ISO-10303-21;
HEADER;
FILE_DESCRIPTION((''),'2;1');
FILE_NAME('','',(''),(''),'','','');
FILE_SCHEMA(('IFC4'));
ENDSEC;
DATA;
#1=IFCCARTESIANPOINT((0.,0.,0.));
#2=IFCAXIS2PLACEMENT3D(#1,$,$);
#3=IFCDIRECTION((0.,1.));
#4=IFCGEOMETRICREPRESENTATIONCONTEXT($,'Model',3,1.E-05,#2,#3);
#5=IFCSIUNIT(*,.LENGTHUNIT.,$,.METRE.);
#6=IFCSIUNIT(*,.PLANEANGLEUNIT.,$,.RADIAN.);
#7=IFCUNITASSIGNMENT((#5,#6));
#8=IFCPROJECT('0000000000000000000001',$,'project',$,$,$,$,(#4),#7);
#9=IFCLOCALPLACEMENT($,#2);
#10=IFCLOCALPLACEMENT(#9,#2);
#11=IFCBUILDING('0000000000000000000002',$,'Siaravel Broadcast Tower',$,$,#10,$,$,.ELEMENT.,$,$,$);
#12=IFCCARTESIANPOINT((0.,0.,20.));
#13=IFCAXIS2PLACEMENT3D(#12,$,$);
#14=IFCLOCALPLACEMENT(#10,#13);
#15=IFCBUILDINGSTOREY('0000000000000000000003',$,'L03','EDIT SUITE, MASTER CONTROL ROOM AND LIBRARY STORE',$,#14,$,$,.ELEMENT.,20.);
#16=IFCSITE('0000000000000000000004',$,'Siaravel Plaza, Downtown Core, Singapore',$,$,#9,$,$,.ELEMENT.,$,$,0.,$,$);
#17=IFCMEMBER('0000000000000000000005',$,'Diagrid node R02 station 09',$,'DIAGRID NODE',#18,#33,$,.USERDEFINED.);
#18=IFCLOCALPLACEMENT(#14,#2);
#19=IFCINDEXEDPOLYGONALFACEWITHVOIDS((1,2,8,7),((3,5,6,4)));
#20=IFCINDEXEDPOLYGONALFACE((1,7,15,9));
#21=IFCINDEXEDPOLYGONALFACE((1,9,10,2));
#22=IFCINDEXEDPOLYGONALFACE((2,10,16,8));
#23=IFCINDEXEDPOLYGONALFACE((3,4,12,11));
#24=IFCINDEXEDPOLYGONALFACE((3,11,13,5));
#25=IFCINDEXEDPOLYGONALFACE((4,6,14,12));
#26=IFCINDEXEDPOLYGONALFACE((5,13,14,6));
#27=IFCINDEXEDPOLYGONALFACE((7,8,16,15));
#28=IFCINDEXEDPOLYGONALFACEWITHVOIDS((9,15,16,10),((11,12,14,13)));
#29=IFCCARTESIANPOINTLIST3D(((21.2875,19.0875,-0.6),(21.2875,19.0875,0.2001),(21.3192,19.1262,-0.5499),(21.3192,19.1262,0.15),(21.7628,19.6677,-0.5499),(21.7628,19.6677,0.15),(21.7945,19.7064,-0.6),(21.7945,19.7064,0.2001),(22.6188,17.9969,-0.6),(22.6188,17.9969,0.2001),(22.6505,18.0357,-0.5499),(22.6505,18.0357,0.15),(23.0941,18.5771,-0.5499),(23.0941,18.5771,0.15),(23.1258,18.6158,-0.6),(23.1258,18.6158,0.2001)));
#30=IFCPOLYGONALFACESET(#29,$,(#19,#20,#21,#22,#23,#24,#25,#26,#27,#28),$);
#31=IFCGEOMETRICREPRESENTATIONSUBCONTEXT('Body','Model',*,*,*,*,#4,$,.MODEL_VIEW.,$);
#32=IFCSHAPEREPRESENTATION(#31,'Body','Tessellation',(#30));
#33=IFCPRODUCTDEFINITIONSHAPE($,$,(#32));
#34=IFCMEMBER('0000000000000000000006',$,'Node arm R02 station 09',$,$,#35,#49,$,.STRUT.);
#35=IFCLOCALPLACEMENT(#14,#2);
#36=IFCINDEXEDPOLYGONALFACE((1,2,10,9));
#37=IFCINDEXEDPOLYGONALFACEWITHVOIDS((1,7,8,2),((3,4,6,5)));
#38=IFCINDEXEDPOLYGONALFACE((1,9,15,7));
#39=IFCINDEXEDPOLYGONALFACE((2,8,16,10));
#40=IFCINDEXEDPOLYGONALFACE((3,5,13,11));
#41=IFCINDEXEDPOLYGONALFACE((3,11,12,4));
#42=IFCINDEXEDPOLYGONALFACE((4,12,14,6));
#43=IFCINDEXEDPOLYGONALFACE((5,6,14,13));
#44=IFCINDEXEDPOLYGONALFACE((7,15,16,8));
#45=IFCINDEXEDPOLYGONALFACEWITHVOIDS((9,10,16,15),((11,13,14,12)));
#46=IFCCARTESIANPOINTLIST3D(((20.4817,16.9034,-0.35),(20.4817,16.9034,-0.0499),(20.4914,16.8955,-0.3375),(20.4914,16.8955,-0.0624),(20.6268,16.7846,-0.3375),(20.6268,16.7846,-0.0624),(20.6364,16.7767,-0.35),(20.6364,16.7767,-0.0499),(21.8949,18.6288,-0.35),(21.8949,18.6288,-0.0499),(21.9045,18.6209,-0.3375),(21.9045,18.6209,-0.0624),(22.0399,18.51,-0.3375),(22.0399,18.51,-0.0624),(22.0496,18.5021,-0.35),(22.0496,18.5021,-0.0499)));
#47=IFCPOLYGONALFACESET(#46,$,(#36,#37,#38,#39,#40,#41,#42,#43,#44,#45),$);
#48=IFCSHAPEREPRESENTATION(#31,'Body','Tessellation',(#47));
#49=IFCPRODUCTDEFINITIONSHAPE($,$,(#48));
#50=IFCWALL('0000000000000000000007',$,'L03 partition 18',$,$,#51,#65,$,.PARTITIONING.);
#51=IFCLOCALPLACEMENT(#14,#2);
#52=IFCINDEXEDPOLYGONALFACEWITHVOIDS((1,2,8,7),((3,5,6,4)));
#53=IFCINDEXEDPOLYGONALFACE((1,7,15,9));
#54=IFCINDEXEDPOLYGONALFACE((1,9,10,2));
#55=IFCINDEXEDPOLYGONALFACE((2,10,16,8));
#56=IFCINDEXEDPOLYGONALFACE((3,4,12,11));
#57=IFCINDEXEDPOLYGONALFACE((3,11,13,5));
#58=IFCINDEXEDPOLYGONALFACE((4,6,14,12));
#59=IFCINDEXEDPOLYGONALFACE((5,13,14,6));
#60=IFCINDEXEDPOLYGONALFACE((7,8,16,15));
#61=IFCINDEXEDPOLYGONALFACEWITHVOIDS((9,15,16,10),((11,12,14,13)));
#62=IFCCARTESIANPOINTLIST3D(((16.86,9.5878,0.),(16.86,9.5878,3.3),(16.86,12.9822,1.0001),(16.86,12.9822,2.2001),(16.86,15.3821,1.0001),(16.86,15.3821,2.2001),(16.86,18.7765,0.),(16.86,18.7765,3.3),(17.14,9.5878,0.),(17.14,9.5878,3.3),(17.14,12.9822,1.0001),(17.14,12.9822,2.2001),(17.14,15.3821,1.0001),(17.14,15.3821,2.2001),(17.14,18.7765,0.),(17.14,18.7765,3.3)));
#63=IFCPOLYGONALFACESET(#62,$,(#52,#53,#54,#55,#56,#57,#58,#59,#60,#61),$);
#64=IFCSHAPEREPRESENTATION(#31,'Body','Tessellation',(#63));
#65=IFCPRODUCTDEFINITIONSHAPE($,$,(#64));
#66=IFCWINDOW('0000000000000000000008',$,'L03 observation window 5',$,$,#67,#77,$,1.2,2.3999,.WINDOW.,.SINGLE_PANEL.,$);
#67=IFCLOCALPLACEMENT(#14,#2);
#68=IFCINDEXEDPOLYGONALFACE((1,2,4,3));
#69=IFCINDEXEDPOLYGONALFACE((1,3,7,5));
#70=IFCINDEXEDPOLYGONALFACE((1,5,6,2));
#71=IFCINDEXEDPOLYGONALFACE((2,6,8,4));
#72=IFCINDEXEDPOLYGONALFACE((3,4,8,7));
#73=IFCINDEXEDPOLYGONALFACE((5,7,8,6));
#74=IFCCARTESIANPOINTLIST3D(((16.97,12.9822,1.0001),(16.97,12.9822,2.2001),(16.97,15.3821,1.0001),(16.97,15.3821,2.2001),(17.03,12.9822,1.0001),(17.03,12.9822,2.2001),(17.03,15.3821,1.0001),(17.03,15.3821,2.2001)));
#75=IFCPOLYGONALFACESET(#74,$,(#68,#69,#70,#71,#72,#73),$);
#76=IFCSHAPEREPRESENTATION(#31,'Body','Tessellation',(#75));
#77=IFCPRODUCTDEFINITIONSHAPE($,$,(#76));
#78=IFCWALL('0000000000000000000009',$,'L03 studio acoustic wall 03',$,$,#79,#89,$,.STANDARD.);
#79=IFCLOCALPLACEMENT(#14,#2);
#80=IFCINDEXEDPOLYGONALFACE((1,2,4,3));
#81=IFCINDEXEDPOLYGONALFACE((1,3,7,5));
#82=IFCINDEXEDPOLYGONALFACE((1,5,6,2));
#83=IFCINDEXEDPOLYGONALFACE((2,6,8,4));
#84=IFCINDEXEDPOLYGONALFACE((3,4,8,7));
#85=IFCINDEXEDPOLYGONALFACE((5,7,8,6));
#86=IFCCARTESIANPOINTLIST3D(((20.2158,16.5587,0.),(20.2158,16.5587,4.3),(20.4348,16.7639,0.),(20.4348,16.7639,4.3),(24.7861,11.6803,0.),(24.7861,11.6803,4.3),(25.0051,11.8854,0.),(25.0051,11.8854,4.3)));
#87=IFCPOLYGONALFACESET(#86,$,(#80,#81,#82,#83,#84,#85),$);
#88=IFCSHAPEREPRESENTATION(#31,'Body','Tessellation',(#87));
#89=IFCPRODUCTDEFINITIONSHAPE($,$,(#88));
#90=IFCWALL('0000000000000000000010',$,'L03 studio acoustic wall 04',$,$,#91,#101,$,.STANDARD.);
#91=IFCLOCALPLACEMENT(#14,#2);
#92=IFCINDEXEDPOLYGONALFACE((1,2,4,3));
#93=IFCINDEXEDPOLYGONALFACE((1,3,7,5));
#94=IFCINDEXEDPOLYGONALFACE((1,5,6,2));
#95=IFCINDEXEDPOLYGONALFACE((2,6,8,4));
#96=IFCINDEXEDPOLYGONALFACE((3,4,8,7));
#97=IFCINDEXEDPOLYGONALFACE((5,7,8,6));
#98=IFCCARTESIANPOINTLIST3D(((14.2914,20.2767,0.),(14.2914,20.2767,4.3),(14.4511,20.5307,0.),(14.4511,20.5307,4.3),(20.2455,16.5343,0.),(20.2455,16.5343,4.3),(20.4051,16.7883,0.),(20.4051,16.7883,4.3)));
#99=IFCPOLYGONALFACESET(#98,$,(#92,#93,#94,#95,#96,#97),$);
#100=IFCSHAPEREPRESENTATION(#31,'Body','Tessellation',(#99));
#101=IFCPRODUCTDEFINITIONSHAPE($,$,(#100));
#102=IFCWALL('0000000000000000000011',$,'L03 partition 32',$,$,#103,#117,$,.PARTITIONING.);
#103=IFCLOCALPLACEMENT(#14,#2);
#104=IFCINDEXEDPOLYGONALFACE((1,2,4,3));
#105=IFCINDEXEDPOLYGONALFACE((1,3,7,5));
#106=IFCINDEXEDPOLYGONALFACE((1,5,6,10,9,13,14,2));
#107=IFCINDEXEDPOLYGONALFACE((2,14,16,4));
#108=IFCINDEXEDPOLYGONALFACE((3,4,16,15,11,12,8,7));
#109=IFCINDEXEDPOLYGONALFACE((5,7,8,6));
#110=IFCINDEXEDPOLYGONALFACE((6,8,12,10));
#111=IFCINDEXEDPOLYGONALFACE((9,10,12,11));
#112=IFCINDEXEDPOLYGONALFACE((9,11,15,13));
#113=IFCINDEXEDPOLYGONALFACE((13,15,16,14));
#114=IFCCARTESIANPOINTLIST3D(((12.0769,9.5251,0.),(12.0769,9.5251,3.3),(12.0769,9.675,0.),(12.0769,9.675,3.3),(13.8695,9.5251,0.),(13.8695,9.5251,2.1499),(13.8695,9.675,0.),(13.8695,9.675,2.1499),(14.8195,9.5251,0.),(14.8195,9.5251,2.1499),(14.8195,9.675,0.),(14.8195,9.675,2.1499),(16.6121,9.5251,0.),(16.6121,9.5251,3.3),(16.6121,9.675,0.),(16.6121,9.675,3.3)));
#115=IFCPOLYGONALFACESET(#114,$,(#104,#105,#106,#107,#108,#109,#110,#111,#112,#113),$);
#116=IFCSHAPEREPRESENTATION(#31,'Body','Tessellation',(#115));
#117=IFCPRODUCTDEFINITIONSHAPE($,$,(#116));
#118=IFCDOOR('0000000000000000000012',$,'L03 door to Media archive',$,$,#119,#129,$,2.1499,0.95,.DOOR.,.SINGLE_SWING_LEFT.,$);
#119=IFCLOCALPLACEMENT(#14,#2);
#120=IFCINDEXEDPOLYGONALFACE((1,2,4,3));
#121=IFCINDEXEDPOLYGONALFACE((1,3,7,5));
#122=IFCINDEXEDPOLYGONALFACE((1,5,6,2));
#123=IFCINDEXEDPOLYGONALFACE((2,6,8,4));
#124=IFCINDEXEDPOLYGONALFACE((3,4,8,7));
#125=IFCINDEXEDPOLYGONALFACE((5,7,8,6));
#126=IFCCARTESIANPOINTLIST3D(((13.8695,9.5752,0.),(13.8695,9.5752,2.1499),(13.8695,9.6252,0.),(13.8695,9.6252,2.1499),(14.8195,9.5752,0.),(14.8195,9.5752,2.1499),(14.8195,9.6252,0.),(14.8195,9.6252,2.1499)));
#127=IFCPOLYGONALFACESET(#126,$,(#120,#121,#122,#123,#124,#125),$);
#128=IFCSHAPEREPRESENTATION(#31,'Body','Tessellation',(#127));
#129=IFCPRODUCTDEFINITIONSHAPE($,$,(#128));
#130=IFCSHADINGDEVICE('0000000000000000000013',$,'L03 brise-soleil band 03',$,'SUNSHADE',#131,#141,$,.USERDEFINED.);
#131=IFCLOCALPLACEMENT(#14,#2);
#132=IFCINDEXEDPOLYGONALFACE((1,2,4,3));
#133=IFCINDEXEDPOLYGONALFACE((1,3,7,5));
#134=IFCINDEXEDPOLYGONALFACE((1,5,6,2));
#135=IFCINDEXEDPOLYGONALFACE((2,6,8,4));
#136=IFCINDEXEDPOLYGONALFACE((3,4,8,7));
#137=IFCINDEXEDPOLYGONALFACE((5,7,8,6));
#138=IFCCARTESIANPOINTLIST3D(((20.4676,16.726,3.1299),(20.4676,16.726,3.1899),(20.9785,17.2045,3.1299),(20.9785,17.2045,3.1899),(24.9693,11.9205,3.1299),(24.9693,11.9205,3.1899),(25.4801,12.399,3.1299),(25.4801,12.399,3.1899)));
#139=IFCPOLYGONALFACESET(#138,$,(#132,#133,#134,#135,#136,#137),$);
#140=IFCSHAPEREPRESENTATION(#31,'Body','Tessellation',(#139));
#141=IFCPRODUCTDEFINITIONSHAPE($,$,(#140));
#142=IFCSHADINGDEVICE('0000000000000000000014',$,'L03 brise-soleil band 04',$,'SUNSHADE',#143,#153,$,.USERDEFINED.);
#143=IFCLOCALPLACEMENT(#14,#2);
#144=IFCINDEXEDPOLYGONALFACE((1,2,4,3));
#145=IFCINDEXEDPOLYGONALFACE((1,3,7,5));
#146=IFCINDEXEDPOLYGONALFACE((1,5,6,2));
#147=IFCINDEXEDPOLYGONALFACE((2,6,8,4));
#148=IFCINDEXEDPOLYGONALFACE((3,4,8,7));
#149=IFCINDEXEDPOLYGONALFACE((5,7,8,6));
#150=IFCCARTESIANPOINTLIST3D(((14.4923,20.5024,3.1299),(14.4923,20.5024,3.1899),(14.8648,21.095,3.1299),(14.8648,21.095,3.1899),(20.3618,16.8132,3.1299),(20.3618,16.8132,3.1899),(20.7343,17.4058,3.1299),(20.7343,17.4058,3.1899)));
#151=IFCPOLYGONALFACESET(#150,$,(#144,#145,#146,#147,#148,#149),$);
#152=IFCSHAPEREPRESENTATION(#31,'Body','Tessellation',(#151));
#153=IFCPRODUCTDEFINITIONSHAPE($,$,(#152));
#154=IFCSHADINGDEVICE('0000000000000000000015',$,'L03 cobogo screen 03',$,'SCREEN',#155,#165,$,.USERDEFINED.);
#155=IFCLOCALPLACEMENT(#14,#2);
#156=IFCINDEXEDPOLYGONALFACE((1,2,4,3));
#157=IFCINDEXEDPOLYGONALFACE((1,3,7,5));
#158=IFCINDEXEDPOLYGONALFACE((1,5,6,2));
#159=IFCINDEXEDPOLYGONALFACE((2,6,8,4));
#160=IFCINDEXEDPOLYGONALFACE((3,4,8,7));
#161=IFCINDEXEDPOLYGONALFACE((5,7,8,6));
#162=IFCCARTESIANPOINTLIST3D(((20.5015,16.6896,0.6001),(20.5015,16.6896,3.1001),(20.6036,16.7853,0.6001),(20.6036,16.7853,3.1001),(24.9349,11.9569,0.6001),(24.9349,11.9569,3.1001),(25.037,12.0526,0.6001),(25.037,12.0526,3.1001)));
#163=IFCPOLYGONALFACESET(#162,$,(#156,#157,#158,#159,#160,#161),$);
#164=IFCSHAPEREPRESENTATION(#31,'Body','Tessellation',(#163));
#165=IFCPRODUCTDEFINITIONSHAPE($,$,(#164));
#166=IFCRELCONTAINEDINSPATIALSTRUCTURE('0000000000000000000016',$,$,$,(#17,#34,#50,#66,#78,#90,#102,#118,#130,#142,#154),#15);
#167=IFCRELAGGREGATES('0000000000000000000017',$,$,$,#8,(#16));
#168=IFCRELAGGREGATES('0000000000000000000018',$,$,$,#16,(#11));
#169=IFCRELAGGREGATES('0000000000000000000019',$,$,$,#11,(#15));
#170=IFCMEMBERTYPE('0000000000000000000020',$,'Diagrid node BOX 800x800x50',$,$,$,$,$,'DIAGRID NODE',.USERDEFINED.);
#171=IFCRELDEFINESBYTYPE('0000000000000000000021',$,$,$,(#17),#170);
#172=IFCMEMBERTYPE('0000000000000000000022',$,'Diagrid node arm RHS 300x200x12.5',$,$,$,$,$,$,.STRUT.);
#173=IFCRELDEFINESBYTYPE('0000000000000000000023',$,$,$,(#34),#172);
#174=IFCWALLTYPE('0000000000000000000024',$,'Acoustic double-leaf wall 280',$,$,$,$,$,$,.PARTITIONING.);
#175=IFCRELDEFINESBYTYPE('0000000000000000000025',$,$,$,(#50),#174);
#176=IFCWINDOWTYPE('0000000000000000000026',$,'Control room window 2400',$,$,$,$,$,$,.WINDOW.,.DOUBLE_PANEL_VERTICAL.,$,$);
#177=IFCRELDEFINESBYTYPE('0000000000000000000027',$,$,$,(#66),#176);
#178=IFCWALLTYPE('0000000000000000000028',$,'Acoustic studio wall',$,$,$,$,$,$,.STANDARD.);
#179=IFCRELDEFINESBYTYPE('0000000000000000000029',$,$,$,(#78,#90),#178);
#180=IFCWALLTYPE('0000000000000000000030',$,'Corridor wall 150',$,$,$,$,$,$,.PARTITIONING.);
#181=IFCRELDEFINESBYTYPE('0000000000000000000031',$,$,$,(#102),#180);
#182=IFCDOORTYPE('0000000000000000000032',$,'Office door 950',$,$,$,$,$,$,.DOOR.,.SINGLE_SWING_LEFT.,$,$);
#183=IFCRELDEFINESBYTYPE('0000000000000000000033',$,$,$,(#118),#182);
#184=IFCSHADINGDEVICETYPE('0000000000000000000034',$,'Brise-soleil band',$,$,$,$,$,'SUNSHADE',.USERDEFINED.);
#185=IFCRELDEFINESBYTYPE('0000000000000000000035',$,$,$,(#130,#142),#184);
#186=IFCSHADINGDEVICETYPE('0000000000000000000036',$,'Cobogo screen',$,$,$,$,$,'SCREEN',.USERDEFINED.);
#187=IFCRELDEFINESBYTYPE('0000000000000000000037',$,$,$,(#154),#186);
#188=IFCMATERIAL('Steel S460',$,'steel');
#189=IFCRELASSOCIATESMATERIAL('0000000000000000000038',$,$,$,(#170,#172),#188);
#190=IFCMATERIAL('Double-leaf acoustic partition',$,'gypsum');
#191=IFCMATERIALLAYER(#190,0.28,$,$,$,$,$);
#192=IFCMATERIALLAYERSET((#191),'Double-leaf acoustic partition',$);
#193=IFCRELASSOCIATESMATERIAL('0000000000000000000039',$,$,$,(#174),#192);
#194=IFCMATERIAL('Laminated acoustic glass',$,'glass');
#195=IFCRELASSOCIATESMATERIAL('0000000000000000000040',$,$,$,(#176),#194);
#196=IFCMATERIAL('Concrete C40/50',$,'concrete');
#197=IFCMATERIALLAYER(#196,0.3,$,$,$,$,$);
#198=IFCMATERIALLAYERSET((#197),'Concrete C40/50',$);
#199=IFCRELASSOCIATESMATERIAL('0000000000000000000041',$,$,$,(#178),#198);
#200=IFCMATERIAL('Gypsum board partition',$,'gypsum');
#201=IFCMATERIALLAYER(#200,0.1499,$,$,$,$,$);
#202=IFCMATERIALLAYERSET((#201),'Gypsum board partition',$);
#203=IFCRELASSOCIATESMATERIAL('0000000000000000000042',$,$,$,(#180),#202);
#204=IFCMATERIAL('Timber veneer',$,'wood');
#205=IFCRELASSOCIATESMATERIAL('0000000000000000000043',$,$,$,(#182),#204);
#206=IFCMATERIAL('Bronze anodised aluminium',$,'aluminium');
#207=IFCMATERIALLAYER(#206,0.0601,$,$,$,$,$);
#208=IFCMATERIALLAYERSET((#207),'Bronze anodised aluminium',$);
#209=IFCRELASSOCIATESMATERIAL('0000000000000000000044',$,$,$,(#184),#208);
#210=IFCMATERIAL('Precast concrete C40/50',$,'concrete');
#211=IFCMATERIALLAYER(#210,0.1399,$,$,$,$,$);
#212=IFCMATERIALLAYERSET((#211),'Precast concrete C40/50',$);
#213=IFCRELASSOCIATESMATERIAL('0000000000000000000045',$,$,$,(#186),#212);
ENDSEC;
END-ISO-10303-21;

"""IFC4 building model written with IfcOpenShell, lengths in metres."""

from ifc_helpers import new_model, si_unit, direction, frame, frame_2d, origin, origin_2d, place, context, subcontext, project, spatial, rectangle, hollow_rectangle, extrude, material, layer, layer_set, material_profile, profile_set, type_object, element, fill, save


model = new_model("IFC4")

# Units and contexts
model_context = context("Model", 3, precision=1e-05, world=origin(), true_north=direction((0.0, 1.0)))
body_context = subcontext(model_context, "Body", "Model", "MODEL_VIEW")
ifc_project = project(units=[si_unit("LENGTHUNIT", "METRE"), si_unit("PLANEANGLEUNIT", "RADIAN")], contexts=[model_context])

# Site, building, storey
site_placement = place(None, origin())
site = spatial("IfcSite", under=ifc_project, at=site_placement, Name="Siaravel Plaza, Downtown Core, Singapore", CompositionType="ELEMENT", RefElevation=0.0)
building_placement = place(site_placement, origin())
building = spatial("IfcBuilding", under=site, at=building_placement, Name="Siaravel Broadcast Tower", CompositionType="ELEMENT")
storey_placement = place(building_placement, frame((0.0, 0.0, 20.0)))
storey = spatial("IfcBuildingStorey", under=building, at=storey_placement, Name="L03", Description="EDIT SUITE, MASTER CONTROL ROOM AND LIBRARY STORE", CompositionType="ELEMENT", Elevation=20.0)

# Members
ifc_material_1 = material(Name="Steel S460", Category="steel")
ifc_material_profile_1 = material_profile(ifc_material_1, hollow_rectangle(XDim=0.8, YDim=0.8, WallThickness=0.05, at=origin_2d()))
ifc_profile_set_1 = profile_set([ifc_material_profile_1], Name="Steel S460")
member_type_1 = type_object("IfcMemberType", Name="Diagrid node BOX 800x800x50", ElementType="DIAGRID NODE", PredefinedType="USERDEFINED", material=ifc_profile_set_1)
member_1_placement = place(storey_placement, frame((22.8723, 18.3064, -0.2), z_axis=(-0.773578, 0.633701, 0.0), x_axis=(-0.633701, -0.773578, 0.0)))
element("IfcMember", 1, at=member_1_placement, inside=storey, type_object=member_type_1, Name="Diagrid node R02 station 09", ObjectType="DIAGRID NODE", PredefinedType="USERDEFINED", context=body_context, shape_type="SweptSolid", body=[
    extrude(hollow_rectangle(XDim=0.8, YDim=0.8, WallThickness=0.05, at=origin_2d()), origin(), (0.0, 0.0, 1.0), 1.7209),
])
ifc_material_profile_2 = material_profile(ifc_material_1, hollow_rectangle(XDim=0.2, YDim=0.3, WallThickness=0.0125, at=origin_2d()))
ifc_profile_set_2 = profile_set([ifc_material_profile_2], Name="Steel S460")
member_type_2 = type_object("IfcMemberType", Name="Diagrid node arm RHS 300x200x12.5", PredefinedType="STRUT", material=ifc_profile_set_2)
member_2_placement = place(storey_placement, frame((20.5591, 16.8401, -0.2), z_axis=(0.633625, 0.77364, 0.0), x_axis=(-0.77364, 0.633625, 0.0)))
element("IfcMember", 2, at=member_2_placement, inside=storey, type_object=member_type_2, Name="Node arm R02 station 09", PredefinedType="STRUT", context=body_context, shape_type="SweptSolid", body=[
    extrude(hollow_rectangle(XDim=0.2, YDim=0.3, WallThickness=0.0125, at=origin_2d()), origin(), (0.0, 0.0, 1.0), 2.2302),
])

# Wall, opening, window
ifc_material_2 = material(Name="Double-leaf acoustic partition", Category="gypsum")
ifc_layer_1 = layer(ifc_material_2, 0.28)
ifc_layer_set_1 = layer_set([ifc_layer_1], Name="Double-leaf acoustic partition")
wall_type_1 = type_object("IfcWallType", Name="Acoustic double-leaf wall 280", PredefinedType="PARTITIONING", material=ifc_layer_set_1)
wall_1_placement = place(storey_placement, frame((17.0, 9.5879, 0.0), z_axis=(0.0, 0.0, 1.0), x_axis=(0.0, 1.0, 0.0)))
wall_1 = element("IfcWall", 3, at=wall_1_placement, inside=storey, type_object=wall_type_1, Name="L03 partition 18", PredefinedType="PARTITIONING", context=body_context, shape_type="SweptSolid", body=[
    extrude(rectangle(XDim=9.1887, YDim=0.28, at=frame_2d((4.5942, 0.0))), origin(), (0.0, 0.0, 1.0), 3.3),
])
opening_1_placement = place(wall_1_placement, frame((3.3943, 0.0, 1.0)))
opening_1 = element("IfcOpeningElement", 4, at=opening_1_placement, cuts=wall_1, PredefinedType="OPENING", context=body_context, shape_type="SweptSolid", body=[
    extrude(rectangle(XDim=2.3999, YDim=1.2, at=frame_2d((1.2, 0.6001))), frame((0.0, 0.1499, 0.0), z_axis=(0.0, -1.0, 0.0), x_axis=(1.0, 0.0, 0.0)), (0.0, 0.0, 1.0), 0.3),
])
ifc_material_3 = material(Name="Laminated acoustic glass", Category="glass")
window_type = type_object("IfcWindowType", Name="Control room window 2400", PartitioningType="DOUBLE_PANEL_VERTICAL", PredefinedType="WINDOW", material=ifc_material_3)
window_placement = place(opening_1_placement, origin())
window = element("IfcWindow", 5, at=window_placement, inside=storey, type_object=window_type, Name="L03 observation window 5", OverallHeight=1.2, OverallWidth=2.3999, PartitioningType="SINGLE_PANEL", PredefinedType="WINDOW", context=body_context, shape_type="SweptSolid", body=[
    extrude(rectangle(XDim=2.3999, YDim=1.2, at=frame_2d((1.2, 0.6001))), frame((0.0, 0.03, 0.0), z_axis=(0.0, -1.0, 0.0), x_axis=(1.0, 0.0, 0.0)), (0.0, 0.0, 1.0), 0.0601),
])
fill(opening_1, window)

# Walls
ifc_material_4 = material(Name="Concrete C40/50", Category="concrete")
ifc_layer_2 = layer(ifc_material_4, 0.3)
ifc_layer_set_2 = layer_set([ifc_layer_2], Name="Concrete C40/50")
wall_type_2 = type_object("IfcWallType", Name="Acoustic studio wall", PredefinedType="STANDARD", material=ifc_layer_set_2)
wall_2_placement = place(storey_placement, frame((24.8955, 11.783, 0.0), z_axis=(0.0, 0.0, 1.0), x_axis=(-0.683686, 0.729776, 0.0)))
element("IfcWall", 6, at=wall_2_placement, inside=storey, type_object=wall_type_2, Name="L03 studio acoustic wall 03", PredefinedType="STANDARD", context=body_context, shape_type="SweptSolid", body=[
    extrude(rectangle(XDim=6.6848, YDim=0.3, at=frame_2d((3.3423, 0.0))), origin(), (0.0, 0.0, 1.0), 4.3),
])
wall_3_placement = place(storey_placement, frame((20.3252, 16.6614, 0.0), z_axis=(0.0, 0.0, 1.0), x_axis=(-0.846646, 0.532157, 0.0)))
element("IfcWall", 7, at=wall_3_placement, inside=storey, type_object=wall_type_2, Name="L03 studio acoustic wall 04", PredefinedType="STANDARD", context=body_context, shape_type="SweptSolid", body=[
    extrude(rectangle(XDim=7.0325, YDim=0.3, at=frame_2d((3.5161, 0.0))), origin(), (0.0, 0.0, 1.0), 4.3),
])

# Wall, opening, door
ifc_material_5 = material(Name="Gypsum board partition", Category="gypsum")
ifc_layer_3 = layer(ifc_material_5, 0.1499)
ifc_layer_set_3 = layer_set([ifc_layer_3], Name="Gypsum board partition")
wall_type_3 = type_object("IfcWallType", Name="Corridor wall 150", PredefinedType="PARTITIONING", material=ifc_layer_set_3)
wall_4_placement = place(storey_placement, frame((16.6121, 9.6001, 0.0), z_axis=(0.0, 0.0, 1.0), x_axis=(-1.0, 0.0, 0.0)))
wall_4 = element("IfcWall", 8, at=wall_4_placement, inside=storey, type_object=wall_type_3, Name="L03 partition 32", PredefinedType="PARTITIONING", context=body_context, shape_type="SweptSolid", body=[
    extrude(rectangle(XDim=4.5352, YDim=0.1499, at=frame_2d((2.2676, 0.0))), origin(), (0.0, 0.0, 1.0), 3.3),
])
opening_2_placement = place(wall_4_placement, frame((1.7925, 0.0, 0.0)))
opening_2 = element("IfcOpeningElement", 9, at=opening_2_placement, cuts=wall_4, PredefinedType="OPENING", context=body_context, shape_type="SweptSolid", body=[
    extrude(rectangle(XDim=0.95, YDim=2.1499, at=frame_2d((0.4751, 1.075))), frame((0.0, 0.085, 0.0), z_axis=(0.0, -1.0, 0.0), x_axis=(1.0, 0.0, 0.0)), (0.0, 0.0, 1.0), 0.1699),
])
ifc_material_6 = material(Name="Timber veneer", Category="wood")
door_type = type_object("IfcDoorType", Name="Office door 950", OperationType="SINGLE_SWING_LEFT", PredefinedType="DOOR", material=ifc_material_6)
door_placement = place(opening_2_placement, origin())
door = element("IfcDoor", 10, at=door_placement, inside=storey, type_object=door_type, Name="L03 door to Media archive", OperationType="SINGLE_SWING_LEFT", OverallHeight=2.1499, OverallWidth=0.95, PredefinedType="DOOR", context=body_context, shape_type="SweptSolid", body=[
    extrude(rectangle(XDim=0.95, YDim=2.1499, at=frame_2d((0.4751, 1.075))), frame((0.0, 0.0249, 0.0), z_axis=(0.0, -1.0, 0.0), x_axis=(1.0, 0.0, 0.0)), (0.0, 0.0, 1.0), 0.05),
])
fill(opening_2, door)

# Shading devices
ifc_material_7 = material(Name="Bronze anodised aluminium", Category="aluminium")
ifc_layer_4 = layer(ifc_material_7, 0.0601)
ifc_layer_set_4 = layer_set([ifc_layer_4], Name="Bronze anodised aluminium")
shading_device_type_1 = type_object("IfcShadingDeviceType", Name="Brise-soleil band", ElementType="SUNSHADE", PredefinedType="USERDEFINED", material=ifc_layer_set_4)
shading_device_1_placement = place(storey_placement, frame((22.9739, 14.5625, 3.1299), z_axis=(0.0, 0.0, 1.0), x_axis=(-0.683656, 0.729804, 0.0)))
element("IfcShadingDevice", 11, at=shading_device_1_placement, inside=storey, type_object=shading_device_type_1, Name="L03 brise-soleil band 03", ObjectType="SUNSHADE", PredefinedType="USERDEFINED", context=body_context, shape_type="SweptSolid", body=[
    extrude(rectangle(XDim=6.5847, YDim=0.7, at=origin_2d()), origin(), (0.0, 0.0, 1.0), 0.0601),
])
shading_device_2_placement = place(storey_placement, frame((17.6133, 18.9541, 3.1299), z_axis=(0.0, 0.0, 1.0), x_axis=(-0.846651, 0.532148, 0.0)))
element("IfcShadingDevice", 12, at=shading_device_2_placement, inside=storey, type_object=shading_device_type_1, Name="L03 brise-soleil band 04", ObjectType="SUNSHADE", PredefinedType="USERDEFINED", context=body_context, shape_type="SweptSolid", body=[
    extrude(rectangle(XDim=6.9326, YDim=0.7, at=origin_2d()), origin(), (0.0, 0.0, 1.0), 0.0601),
])
ifc_material_8 = material(Name="Precast concrete C40/50", Category="concrete")
ifc_layer_5 = layer(ifc_material_8, 0.1399)
ifc_layer_set_5 = layer_set([ifc_layer_5], Name="Precast concrete C40/50")
shading_device_type_2 = type_object("IfcShadingDeviceType", Name="Cobogo screen", ElementType="SCREEN", PredefinedType="USERDEFINED", material=ifc_layer_set_5)
shading_device_3_placement = place(storey_placement, frame((22.7693, 14.3711, 0.6001), z_axis=(0.0, 0.0, 1.0), x_axis=(-0.683656, 0.729804, 0.0)))
element("IfcShadingDevice", 13, at=shading_device_3_placement, inside=storey, type_object=shading_device_type_2, Name="L03 cobogo screen 03", ObjectType="SCREEN", PredefinedType="USERDEFINED", context=body_context, shape_type="SweptSolid", body=[
    extrude(rectangle(XDim=6.4849, YDim=0.1399, at=origin_2d()), origin(), (0.0, 0.0, 1.0), 2.5),
])

save(model, "model.ifc")
